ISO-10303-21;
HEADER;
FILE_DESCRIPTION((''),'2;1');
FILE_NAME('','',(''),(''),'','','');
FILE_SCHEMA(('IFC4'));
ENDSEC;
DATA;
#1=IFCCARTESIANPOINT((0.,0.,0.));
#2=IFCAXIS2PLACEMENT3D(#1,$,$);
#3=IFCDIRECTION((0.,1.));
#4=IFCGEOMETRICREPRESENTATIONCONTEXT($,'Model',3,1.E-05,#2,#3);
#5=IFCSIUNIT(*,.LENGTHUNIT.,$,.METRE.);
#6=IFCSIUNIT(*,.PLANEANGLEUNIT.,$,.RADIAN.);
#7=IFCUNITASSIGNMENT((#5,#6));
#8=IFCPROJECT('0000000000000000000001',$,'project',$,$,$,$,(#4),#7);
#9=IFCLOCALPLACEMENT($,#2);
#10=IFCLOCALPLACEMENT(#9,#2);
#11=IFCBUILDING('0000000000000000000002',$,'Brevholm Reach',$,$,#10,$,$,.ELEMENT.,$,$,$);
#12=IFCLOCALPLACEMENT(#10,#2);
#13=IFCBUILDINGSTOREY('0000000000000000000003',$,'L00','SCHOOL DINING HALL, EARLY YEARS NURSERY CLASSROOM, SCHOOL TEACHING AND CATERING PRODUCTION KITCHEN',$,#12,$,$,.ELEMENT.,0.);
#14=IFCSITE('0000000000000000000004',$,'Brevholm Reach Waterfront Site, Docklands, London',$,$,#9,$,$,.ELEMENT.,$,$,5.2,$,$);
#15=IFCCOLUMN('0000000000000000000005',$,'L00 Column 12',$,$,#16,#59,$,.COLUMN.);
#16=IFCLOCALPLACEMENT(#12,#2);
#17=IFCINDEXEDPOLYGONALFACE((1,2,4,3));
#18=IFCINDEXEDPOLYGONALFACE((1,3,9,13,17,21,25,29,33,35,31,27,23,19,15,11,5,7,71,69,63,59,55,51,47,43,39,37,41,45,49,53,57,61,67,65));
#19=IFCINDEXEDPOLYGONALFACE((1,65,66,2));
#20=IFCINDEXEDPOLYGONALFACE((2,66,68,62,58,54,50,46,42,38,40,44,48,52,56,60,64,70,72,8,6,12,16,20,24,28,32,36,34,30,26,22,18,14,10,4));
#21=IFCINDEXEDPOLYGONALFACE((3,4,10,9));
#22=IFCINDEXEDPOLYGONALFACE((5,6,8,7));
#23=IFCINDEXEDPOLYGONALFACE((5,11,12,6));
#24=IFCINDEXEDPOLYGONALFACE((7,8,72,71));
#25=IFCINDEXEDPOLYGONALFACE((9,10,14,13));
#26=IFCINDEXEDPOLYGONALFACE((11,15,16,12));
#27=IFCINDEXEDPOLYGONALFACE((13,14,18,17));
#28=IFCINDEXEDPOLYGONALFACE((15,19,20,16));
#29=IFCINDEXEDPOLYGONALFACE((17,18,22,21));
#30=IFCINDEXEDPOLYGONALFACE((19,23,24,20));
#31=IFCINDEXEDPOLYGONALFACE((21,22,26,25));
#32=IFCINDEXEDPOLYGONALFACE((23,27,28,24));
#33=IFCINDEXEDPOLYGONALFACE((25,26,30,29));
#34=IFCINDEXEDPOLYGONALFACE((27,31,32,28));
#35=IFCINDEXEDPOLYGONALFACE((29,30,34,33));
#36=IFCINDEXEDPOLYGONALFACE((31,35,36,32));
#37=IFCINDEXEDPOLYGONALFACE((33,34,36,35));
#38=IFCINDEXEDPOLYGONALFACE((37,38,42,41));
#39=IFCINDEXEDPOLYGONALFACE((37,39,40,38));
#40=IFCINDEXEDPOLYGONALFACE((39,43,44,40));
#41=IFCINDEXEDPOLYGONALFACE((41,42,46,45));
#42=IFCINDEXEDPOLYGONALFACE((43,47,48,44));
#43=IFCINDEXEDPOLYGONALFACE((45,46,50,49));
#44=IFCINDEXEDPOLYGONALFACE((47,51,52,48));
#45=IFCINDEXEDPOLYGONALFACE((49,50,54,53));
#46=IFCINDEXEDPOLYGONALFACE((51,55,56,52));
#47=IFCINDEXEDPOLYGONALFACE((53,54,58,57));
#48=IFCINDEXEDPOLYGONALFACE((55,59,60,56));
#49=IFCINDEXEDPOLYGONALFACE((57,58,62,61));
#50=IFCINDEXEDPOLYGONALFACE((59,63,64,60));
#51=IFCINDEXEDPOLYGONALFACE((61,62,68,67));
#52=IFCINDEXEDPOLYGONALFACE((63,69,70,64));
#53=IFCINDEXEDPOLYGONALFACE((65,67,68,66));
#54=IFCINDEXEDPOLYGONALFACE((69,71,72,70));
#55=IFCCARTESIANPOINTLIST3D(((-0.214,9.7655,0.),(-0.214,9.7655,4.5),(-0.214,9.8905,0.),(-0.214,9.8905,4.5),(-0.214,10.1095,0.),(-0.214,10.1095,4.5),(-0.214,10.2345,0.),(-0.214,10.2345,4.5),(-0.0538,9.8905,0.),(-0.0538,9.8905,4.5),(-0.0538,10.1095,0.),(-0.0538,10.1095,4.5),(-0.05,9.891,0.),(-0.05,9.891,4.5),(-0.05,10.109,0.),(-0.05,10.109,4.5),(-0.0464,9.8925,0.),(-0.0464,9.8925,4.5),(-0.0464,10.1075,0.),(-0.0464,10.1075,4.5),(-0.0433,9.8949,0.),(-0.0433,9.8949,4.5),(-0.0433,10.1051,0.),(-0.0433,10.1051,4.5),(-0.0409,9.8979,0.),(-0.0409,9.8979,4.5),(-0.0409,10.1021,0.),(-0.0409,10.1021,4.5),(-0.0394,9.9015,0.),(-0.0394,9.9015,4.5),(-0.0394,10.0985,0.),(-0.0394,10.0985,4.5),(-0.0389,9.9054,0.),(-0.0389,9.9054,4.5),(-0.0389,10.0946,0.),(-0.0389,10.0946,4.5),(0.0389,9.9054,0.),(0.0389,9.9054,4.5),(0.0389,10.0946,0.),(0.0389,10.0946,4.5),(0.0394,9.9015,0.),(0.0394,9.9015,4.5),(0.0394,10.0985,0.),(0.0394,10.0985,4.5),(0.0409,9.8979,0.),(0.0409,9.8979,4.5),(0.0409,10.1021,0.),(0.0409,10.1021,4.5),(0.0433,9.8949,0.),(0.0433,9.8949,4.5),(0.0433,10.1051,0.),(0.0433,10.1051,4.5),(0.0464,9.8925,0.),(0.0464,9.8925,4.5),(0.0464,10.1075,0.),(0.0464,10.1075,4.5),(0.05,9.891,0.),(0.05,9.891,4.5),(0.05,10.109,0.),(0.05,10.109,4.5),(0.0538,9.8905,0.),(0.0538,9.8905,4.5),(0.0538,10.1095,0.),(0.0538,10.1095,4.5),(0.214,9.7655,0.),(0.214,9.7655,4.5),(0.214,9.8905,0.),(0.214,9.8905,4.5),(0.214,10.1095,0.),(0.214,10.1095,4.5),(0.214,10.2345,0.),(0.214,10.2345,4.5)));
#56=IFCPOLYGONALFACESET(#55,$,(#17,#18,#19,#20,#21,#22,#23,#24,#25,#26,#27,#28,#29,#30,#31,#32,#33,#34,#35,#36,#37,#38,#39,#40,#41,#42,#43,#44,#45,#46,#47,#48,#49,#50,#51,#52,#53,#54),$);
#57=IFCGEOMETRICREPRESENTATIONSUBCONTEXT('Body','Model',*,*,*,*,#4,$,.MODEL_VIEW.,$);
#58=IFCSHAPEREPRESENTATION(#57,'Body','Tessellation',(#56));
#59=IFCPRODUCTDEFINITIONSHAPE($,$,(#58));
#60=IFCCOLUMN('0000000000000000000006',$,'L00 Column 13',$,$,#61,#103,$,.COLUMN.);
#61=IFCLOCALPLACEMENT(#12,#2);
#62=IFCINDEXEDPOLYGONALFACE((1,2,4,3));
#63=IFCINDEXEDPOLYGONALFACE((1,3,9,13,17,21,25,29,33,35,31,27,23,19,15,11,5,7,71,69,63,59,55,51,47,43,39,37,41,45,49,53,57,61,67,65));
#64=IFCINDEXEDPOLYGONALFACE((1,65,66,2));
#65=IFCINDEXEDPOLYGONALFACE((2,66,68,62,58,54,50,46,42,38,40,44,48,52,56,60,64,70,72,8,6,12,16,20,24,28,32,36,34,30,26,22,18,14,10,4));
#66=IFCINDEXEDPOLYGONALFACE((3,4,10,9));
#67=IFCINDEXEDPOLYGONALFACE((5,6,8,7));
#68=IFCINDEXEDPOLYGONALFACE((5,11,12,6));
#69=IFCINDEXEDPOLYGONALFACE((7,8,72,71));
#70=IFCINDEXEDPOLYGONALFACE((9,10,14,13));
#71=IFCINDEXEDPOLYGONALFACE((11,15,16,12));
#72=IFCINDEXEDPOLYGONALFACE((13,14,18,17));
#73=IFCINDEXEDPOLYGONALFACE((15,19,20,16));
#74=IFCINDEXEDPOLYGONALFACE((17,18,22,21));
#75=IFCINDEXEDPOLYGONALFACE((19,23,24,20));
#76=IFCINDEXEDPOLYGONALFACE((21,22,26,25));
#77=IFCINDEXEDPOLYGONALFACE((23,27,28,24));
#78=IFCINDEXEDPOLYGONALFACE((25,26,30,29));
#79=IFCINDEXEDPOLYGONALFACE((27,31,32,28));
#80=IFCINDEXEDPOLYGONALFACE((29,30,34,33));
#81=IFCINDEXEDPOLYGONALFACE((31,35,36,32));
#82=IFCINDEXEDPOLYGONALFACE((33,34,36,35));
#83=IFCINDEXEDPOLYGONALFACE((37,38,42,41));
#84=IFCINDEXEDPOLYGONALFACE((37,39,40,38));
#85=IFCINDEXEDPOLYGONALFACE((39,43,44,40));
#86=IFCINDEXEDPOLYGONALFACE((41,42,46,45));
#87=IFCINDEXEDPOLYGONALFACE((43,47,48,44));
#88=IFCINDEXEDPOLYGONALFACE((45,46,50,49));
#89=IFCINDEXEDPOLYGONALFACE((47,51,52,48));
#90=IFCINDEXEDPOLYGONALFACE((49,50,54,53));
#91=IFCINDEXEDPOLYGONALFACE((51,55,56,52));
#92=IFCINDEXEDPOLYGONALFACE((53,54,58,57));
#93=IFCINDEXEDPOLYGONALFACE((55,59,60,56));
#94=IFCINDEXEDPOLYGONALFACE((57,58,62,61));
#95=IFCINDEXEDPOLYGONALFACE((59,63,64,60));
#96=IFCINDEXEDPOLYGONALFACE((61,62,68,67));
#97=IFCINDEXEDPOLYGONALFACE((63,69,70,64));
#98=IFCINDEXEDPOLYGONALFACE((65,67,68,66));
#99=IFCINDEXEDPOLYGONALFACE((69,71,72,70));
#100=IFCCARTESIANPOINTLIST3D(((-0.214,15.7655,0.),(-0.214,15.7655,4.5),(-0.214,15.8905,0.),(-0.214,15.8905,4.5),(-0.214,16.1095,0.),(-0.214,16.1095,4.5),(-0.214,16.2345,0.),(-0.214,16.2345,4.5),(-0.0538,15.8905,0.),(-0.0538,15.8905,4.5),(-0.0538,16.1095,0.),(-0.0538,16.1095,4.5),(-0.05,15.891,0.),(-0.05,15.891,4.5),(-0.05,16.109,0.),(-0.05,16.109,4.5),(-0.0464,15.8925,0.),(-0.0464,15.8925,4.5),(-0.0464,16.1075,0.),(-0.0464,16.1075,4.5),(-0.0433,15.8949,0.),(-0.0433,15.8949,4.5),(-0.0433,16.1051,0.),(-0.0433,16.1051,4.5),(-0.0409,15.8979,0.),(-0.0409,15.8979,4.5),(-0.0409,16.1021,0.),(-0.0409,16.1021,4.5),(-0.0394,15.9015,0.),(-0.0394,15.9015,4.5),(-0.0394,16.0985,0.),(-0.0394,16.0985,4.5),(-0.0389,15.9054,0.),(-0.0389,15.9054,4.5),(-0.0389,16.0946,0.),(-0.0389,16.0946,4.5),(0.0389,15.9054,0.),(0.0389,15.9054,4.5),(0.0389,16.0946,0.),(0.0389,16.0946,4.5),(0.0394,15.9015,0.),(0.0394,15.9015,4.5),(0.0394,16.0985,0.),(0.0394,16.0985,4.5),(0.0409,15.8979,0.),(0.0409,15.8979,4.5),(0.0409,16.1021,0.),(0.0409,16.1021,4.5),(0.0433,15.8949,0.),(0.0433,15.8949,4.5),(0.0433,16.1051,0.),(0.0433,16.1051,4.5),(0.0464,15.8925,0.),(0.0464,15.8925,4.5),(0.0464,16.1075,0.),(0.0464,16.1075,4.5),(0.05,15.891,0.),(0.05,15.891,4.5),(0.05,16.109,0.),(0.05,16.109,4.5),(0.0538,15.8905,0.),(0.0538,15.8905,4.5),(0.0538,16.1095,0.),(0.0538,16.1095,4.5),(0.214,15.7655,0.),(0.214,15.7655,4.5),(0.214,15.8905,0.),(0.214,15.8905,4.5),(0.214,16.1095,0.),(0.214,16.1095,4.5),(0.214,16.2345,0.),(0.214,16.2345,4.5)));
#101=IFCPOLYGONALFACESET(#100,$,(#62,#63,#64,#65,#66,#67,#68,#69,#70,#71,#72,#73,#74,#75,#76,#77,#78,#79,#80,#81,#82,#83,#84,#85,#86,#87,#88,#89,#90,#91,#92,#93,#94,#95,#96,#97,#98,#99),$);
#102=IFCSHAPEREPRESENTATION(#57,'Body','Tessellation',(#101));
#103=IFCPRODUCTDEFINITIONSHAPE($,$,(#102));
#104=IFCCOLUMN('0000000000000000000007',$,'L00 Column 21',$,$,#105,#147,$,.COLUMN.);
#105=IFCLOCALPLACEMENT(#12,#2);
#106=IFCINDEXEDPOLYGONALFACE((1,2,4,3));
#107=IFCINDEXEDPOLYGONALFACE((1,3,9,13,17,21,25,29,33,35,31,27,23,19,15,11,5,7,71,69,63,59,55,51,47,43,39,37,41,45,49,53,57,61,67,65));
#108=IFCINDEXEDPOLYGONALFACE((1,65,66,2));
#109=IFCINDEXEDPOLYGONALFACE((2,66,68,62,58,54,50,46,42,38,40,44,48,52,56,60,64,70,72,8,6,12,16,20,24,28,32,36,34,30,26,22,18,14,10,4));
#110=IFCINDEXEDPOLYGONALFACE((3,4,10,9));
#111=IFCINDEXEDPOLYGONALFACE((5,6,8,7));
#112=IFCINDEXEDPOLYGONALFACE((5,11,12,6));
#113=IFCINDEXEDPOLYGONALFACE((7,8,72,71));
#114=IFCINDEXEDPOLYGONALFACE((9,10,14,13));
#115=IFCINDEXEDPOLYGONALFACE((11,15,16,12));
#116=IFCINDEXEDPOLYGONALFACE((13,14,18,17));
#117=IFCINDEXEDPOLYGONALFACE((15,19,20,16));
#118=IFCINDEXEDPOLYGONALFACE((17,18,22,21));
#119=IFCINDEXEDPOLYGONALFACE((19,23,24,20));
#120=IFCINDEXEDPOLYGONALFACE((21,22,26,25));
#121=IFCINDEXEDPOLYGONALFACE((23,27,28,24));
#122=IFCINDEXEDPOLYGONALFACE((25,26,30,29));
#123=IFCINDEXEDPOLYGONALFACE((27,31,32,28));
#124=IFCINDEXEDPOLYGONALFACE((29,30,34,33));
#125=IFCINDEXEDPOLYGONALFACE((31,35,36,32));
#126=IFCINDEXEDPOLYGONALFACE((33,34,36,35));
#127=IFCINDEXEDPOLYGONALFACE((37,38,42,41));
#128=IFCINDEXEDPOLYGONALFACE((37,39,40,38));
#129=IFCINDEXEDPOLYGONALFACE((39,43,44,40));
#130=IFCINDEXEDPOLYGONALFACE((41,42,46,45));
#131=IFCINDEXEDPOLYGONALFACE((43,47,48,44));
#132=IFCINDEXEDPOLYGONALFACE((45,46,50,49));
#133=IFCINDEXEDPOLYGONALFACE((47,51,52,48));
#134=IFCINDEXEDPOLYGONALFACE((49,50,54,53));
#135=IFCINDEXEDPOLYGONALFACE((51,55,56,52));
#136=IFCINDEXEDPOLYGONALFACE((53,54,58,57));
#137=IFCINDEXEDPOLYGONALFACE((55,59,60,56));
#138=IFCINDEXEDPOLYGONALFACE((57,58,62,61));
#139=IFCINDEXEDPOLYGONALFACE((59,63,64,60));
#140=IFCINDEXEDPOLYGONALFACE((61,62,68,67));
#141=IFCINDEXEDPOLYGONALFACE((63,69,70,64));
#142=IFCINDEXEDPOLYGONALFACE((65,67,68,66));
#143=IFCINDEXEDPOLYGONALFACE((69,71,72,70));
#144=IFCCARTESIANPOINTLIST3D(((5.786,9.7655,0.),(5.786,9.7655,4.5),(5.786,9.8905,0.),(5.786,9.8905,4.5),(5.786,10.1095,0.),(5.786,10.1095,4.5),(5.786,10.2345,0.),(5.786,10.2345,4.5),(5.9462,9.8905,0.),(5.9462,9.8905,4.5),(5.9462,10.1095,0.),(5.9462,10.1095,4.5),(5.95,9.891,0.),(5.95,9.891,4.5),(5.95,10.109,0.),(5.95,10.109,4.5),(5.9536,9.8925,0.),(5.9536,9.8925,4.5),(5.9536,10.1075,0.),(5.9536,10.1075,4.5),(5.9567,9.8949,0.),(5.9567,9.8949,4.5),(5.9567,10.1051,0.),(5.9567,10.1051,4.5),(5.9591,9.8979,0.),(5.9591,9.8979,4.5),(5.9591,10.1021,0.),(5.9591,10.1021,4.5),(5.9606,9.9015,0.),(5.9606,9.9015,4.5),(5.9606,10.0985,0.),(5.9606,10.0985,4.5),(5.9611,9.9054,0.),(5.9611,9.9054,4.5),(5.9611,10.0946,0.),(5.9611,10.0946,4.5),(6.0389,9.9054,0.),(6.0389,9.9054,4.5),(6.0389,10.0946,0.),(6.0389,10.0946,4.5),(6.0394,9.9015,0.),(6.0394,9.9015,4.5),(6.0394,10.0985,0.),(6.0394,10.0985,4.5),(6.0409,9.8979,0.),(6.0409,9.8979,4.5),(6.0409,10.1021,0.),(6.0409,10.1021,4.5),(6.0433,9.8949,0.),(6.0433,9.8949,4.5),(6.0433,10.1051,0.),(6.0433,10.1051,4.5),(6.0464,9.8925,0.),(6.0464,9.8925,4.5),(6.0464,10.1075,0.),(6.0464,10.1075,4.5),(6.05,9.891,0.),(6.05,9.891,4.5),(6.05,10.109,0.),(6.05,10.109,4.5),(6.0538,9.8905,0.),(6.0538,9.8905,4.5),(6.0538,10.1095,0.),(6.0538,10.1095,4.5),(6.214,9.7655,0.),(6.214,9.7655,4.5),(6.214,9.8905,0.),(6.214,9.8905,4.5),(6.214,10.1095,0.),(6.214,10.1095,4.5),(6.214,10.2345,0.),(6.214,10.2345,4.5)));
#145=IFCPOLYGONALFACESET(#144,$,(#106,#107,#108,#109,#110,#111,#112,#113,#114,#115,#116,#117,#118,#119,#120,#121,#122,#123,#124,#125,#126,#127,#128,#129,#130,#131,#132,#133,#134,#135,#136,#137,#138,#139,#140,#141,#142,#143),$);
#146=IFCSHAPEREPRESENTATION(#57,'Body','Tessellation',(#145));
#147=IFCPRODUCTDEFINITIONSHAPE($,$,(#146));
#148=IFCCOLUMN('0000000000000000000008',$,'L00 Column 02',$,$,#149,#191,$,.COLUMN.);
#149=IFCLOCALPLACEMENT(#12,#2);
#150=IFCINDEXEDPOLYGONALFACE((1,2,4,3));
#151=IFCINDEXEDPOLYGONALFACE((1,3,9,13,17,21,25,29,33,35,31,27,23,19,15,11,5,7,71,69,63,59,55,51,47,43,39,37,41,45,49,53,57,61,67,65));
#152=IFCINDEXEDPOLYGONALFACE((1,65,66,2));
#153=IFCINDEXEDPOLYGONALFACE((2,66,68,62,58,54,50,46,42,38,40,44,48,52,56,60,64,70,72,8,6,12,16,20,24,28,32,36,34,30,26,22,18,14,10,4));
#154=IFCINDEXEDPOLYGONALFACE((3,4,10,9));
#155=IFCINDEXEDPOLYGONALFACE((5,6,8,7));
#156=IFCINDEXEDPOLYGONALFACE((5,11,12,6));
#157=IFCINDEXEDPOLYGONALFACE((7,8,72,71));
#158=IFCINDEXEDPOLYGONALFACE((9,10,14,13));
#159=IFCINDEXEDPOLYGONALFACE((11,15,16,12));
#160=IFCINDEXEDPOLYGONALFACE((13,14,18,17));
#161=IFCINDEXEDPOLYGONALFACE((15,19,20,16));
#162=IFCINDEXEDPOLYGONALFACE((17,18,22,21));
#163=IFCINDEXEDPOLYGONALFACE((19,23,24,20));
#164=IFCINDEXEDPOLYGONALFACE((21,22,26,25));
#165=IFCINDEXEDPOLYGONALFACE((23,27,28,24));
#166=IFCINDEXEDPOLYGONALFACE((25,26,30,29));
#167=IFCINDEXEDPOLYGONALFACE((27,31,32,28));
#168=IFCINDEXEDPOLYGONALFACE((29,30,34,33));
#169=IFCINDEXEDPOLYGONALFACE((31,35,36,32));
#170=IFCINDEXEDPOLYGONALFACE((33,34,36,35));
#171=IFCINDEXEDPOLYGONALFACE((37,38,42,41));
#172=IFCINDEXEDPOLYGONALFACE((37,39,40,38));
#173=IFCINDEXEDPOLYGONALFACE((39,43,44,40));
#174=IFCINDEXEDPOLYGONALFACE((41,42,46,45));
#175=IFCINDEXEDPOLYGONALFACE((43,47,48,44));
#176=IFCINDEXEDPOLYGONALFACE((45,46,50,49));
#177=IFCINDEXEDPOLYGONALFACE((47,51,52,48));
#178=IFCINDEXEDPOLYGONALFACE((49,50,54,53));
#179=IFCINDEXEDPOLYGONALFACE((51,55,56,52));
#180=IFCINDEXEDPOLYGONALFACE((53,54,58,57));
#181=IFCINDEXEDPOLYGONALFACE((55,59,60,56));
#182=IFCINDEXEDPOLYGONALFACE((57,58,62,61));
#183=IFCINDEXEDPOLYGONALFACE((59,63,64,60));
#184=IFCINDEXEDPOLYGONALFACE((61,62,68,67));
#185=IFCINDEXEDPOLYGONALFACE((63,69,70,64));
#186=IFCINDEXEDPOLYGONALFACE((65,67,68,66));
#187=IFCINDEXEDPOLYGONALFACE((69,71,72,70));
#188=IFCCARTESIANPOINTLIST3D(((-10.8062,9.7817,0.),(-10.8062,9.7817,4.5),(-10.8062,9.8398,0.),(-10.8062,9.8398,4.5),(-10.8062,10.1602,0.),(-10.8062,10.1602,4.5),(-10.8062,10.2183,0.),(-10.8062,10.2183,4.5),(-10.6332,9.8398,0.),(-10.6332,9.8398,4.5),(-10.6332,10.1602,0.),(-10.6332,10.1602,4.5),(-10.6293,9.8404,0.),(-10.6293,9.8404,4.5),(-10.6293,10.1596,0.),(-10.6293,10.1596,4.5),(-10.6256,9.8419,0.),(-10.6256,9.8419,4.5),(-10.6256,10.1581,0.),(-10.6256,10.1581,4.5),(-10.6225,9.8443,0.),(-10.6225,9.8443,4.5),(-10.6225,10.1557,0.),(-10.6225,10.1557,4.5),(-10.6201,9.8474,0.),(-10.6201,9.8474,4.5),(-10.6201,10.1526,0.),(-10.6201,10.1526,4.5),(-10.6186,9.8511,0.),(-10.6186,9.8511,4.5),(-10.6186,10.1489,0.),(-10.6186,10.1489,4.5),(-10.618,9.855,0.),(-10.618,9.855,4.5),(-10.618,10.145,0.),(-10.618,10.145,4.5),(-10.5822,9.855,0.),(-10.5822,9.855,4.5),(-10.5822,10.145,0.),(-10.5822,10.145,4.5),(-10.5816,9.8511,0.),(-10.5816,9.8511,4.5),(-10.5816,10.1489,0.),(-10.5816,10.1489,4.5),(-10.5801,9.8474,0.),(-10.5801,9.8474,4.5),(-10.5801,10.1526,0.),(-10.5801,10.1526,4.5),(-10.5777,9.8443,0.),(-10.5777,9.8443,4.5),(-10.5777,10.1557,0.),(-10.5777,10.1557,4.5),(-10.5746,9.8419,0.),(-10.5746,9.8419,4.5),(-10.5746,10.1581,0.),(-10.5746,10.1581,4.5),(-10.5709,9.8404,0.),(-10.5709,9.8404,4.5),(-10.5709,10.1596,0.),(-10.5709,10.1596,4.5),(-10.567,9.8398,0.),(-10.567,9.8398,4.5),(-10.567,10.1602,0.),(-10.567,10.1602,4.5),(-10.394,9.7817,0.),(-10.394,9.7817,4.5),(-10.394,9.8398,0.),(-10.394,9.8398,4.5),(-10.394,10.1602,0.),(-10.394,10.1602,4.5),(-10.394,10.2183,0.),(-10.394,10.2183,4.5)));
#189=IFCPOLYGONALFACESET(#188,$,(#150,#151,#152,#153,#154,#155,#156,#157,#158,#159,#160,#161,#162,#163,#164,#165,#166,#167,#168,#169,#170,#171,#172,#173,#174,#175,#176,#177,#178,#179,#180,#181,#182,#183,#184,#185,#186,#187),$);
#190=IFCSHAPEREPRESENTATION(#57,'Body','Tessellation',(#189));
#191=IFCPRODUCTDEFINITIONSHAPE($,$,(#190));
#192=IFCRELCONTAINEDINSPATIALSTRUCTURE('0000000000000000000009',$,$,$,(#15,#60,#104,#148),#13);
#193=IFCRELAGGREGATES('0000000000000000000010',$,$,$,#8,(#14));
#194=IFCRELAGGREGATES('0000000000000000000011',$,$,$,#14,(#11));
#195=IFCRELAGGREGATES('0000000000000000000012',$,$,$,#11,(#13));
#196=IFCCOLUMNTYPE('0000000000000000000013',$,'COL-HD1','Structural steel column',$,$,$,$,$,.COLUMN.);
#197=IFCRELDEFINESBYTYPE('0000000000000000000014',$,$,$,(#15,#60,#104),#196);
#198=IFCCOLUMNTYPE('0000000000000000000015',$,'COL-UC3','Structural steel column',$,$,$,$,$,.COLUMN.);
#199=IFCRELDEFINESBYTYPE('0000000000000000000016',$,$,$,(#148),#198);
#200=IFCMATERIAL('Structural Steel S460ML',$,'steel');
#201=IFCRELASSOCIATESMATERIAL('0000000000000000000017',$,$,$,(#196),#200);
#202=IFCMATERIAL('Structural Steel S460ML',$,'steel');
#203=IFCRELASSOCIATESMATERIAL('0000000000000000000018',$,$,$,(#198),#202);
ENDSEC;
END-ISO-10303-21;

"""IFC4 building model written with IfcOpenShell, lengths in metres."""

from ifc_helpers import new_model, si_unit, direction, frame, origin, origin_2d, place, context, subcontext, project, spatial, i_section, extrude, material, material_profile, profile_set, type_object, element, save


model = new_model("IFC4")

# Units and contexts
model_context = context("Model", 3, precision=1e-05, world=origin(), true_north=direction((0.0, 1.0)))
body_context = subcontext(model_context, "Body", "Model", "MODEL_VIEW")
ifc_project = project(units=[si_unit("LENGTHUNIT", "METRE"), si_unit("PLANEANGLEUNIT", "RADIAN")], contexts=[model_context])

# Site, building, storey
site_placement = place(None, origin())
site = spatial("IfcSite", under=ifc_project, at=site_placement, Name="Brevholm Reach Waterfront Site, Docklands, London", CompositionType="ELEMENT", RefElevation=5.2)
building_placement = place(site_placement, origin())
building = spatial("IfcBuilding", under=site, at=building_placement, Name="Brevholm Reach", CompositionType="ELEMENT")
storey_placement = place(building_placement, origin())
storey = spatial("IfcBuildingStorey", under=building, at=storey_placement, Name="L00", Description="SCHOOL DINING HALL, EARLY YEARS NURSERY CLASSROOM, SCHOOL TEACHING AND CATERING PRODUCTION KITCHEN", CompositionType="ELEMENT", Elevation=0.0)

# Columns
ifc_material_1 = material(Name="Structural Steel S460ML", Category="steel")
ifc_material_profile_1 = material_profile(ifc_material_1, i_section(OverallWidth=0.428, OverallDepth=0.469, WebThickness=0.0779, FlangeThickness=0.125, FilletRadius=0.0149, at=origin_2d()), Name="HD 400x1086")
ifc_profile_set_1 = profile_set([ifc_material_profile_1], Name="Structural Steel S460ML")
column_type_1 = type_object("IfcColumnType", Name="COL-HD1", Description="Structural steel column", PredefinedType="COLUMN", material=ifc_profile_set_1)
for number, where, z_axis, x_axis, name in (
    (1, (0.0, 10.0, 0.0), (0.0, 0.0, 1.0), (1.0, 0.0, 0.0), "L00 Column 12"),
    (2, (0.0, 16.0, 0.0), (0.0, 0.0, 1.0), (1.0, 0.0, 0.0), "L00 Column 13"),
    (3, (6.0, 10.0, 0.0), (0.0, 0.0, 1.0), (1.0, 0.0, 0.0), "L00 Column 21"),
):
    element("IfcColumn", number, at=place(storey_placement, frame(where, z_axis=z_axis, x_axis=x_axis)), inside=storey, type_object=column_type_1, Name=name, PredefinedType="COLUMN", context=body_context, shape_type="SweptSolid", body=[
        extrude(i_section(OverallWidth=0.428, OverallDepth=0.469, WebThickness=0.0779, FlangeThickness=0.125, FilletRadius=0.0149, at=origin_2d()), origin(), (0.0, 0.0, 1.0), 4.5),
    ])
ifc_material_2 = material(Name="Structural Steel S460ML", Category="steel")
ifc_material_profile_2 = material_profile(ifc_material_2, i_section(OverallWidth=0.4121, OverallDepth=0.4365, WebThickness=0.0359, FlangeThickness=0.0581, FilletRadius=0.0151, at=origin_2d()), Name="UKC 356x406x467")
ifc_profile_set_2 = profile_set([ifc_material_profile_2], Name="Structural Steel S460ML")
column_type_2 = type_object("IfcColumnType", Name="COL-UC3", Description="Structural steel column", PredefinedType="COLUMN", material=ifc_profile_set_2)
for number, where, z_axis, x_axis, name in (
    (4, (-10.6001, 10.0, 0.0), (0.0, 0.0, 1.0), (1.0, 0.0, 0.0), "L00 Column 02"),
):
    element("IfcColumn", number, at=place(storey_placement, frame(where, z_axis=z_axis, x_axis=x_axis)), inside=storey, type_object=column_type_2, Name=name, PredefinedType="COLUMN", context=body_context, shape_type="SweptSolid", body=[
        extrude(i_section(OverallWidth=0.4121, OverallDepth=0.4365, WebThickness=0.0359, FlangeThickness=0.0581, FilletRadius=0.0151, at=origin_2d()), origin(), (0.0, 0.0, 1.0), 4.5),
    ])

save(model, "model.ifc")
